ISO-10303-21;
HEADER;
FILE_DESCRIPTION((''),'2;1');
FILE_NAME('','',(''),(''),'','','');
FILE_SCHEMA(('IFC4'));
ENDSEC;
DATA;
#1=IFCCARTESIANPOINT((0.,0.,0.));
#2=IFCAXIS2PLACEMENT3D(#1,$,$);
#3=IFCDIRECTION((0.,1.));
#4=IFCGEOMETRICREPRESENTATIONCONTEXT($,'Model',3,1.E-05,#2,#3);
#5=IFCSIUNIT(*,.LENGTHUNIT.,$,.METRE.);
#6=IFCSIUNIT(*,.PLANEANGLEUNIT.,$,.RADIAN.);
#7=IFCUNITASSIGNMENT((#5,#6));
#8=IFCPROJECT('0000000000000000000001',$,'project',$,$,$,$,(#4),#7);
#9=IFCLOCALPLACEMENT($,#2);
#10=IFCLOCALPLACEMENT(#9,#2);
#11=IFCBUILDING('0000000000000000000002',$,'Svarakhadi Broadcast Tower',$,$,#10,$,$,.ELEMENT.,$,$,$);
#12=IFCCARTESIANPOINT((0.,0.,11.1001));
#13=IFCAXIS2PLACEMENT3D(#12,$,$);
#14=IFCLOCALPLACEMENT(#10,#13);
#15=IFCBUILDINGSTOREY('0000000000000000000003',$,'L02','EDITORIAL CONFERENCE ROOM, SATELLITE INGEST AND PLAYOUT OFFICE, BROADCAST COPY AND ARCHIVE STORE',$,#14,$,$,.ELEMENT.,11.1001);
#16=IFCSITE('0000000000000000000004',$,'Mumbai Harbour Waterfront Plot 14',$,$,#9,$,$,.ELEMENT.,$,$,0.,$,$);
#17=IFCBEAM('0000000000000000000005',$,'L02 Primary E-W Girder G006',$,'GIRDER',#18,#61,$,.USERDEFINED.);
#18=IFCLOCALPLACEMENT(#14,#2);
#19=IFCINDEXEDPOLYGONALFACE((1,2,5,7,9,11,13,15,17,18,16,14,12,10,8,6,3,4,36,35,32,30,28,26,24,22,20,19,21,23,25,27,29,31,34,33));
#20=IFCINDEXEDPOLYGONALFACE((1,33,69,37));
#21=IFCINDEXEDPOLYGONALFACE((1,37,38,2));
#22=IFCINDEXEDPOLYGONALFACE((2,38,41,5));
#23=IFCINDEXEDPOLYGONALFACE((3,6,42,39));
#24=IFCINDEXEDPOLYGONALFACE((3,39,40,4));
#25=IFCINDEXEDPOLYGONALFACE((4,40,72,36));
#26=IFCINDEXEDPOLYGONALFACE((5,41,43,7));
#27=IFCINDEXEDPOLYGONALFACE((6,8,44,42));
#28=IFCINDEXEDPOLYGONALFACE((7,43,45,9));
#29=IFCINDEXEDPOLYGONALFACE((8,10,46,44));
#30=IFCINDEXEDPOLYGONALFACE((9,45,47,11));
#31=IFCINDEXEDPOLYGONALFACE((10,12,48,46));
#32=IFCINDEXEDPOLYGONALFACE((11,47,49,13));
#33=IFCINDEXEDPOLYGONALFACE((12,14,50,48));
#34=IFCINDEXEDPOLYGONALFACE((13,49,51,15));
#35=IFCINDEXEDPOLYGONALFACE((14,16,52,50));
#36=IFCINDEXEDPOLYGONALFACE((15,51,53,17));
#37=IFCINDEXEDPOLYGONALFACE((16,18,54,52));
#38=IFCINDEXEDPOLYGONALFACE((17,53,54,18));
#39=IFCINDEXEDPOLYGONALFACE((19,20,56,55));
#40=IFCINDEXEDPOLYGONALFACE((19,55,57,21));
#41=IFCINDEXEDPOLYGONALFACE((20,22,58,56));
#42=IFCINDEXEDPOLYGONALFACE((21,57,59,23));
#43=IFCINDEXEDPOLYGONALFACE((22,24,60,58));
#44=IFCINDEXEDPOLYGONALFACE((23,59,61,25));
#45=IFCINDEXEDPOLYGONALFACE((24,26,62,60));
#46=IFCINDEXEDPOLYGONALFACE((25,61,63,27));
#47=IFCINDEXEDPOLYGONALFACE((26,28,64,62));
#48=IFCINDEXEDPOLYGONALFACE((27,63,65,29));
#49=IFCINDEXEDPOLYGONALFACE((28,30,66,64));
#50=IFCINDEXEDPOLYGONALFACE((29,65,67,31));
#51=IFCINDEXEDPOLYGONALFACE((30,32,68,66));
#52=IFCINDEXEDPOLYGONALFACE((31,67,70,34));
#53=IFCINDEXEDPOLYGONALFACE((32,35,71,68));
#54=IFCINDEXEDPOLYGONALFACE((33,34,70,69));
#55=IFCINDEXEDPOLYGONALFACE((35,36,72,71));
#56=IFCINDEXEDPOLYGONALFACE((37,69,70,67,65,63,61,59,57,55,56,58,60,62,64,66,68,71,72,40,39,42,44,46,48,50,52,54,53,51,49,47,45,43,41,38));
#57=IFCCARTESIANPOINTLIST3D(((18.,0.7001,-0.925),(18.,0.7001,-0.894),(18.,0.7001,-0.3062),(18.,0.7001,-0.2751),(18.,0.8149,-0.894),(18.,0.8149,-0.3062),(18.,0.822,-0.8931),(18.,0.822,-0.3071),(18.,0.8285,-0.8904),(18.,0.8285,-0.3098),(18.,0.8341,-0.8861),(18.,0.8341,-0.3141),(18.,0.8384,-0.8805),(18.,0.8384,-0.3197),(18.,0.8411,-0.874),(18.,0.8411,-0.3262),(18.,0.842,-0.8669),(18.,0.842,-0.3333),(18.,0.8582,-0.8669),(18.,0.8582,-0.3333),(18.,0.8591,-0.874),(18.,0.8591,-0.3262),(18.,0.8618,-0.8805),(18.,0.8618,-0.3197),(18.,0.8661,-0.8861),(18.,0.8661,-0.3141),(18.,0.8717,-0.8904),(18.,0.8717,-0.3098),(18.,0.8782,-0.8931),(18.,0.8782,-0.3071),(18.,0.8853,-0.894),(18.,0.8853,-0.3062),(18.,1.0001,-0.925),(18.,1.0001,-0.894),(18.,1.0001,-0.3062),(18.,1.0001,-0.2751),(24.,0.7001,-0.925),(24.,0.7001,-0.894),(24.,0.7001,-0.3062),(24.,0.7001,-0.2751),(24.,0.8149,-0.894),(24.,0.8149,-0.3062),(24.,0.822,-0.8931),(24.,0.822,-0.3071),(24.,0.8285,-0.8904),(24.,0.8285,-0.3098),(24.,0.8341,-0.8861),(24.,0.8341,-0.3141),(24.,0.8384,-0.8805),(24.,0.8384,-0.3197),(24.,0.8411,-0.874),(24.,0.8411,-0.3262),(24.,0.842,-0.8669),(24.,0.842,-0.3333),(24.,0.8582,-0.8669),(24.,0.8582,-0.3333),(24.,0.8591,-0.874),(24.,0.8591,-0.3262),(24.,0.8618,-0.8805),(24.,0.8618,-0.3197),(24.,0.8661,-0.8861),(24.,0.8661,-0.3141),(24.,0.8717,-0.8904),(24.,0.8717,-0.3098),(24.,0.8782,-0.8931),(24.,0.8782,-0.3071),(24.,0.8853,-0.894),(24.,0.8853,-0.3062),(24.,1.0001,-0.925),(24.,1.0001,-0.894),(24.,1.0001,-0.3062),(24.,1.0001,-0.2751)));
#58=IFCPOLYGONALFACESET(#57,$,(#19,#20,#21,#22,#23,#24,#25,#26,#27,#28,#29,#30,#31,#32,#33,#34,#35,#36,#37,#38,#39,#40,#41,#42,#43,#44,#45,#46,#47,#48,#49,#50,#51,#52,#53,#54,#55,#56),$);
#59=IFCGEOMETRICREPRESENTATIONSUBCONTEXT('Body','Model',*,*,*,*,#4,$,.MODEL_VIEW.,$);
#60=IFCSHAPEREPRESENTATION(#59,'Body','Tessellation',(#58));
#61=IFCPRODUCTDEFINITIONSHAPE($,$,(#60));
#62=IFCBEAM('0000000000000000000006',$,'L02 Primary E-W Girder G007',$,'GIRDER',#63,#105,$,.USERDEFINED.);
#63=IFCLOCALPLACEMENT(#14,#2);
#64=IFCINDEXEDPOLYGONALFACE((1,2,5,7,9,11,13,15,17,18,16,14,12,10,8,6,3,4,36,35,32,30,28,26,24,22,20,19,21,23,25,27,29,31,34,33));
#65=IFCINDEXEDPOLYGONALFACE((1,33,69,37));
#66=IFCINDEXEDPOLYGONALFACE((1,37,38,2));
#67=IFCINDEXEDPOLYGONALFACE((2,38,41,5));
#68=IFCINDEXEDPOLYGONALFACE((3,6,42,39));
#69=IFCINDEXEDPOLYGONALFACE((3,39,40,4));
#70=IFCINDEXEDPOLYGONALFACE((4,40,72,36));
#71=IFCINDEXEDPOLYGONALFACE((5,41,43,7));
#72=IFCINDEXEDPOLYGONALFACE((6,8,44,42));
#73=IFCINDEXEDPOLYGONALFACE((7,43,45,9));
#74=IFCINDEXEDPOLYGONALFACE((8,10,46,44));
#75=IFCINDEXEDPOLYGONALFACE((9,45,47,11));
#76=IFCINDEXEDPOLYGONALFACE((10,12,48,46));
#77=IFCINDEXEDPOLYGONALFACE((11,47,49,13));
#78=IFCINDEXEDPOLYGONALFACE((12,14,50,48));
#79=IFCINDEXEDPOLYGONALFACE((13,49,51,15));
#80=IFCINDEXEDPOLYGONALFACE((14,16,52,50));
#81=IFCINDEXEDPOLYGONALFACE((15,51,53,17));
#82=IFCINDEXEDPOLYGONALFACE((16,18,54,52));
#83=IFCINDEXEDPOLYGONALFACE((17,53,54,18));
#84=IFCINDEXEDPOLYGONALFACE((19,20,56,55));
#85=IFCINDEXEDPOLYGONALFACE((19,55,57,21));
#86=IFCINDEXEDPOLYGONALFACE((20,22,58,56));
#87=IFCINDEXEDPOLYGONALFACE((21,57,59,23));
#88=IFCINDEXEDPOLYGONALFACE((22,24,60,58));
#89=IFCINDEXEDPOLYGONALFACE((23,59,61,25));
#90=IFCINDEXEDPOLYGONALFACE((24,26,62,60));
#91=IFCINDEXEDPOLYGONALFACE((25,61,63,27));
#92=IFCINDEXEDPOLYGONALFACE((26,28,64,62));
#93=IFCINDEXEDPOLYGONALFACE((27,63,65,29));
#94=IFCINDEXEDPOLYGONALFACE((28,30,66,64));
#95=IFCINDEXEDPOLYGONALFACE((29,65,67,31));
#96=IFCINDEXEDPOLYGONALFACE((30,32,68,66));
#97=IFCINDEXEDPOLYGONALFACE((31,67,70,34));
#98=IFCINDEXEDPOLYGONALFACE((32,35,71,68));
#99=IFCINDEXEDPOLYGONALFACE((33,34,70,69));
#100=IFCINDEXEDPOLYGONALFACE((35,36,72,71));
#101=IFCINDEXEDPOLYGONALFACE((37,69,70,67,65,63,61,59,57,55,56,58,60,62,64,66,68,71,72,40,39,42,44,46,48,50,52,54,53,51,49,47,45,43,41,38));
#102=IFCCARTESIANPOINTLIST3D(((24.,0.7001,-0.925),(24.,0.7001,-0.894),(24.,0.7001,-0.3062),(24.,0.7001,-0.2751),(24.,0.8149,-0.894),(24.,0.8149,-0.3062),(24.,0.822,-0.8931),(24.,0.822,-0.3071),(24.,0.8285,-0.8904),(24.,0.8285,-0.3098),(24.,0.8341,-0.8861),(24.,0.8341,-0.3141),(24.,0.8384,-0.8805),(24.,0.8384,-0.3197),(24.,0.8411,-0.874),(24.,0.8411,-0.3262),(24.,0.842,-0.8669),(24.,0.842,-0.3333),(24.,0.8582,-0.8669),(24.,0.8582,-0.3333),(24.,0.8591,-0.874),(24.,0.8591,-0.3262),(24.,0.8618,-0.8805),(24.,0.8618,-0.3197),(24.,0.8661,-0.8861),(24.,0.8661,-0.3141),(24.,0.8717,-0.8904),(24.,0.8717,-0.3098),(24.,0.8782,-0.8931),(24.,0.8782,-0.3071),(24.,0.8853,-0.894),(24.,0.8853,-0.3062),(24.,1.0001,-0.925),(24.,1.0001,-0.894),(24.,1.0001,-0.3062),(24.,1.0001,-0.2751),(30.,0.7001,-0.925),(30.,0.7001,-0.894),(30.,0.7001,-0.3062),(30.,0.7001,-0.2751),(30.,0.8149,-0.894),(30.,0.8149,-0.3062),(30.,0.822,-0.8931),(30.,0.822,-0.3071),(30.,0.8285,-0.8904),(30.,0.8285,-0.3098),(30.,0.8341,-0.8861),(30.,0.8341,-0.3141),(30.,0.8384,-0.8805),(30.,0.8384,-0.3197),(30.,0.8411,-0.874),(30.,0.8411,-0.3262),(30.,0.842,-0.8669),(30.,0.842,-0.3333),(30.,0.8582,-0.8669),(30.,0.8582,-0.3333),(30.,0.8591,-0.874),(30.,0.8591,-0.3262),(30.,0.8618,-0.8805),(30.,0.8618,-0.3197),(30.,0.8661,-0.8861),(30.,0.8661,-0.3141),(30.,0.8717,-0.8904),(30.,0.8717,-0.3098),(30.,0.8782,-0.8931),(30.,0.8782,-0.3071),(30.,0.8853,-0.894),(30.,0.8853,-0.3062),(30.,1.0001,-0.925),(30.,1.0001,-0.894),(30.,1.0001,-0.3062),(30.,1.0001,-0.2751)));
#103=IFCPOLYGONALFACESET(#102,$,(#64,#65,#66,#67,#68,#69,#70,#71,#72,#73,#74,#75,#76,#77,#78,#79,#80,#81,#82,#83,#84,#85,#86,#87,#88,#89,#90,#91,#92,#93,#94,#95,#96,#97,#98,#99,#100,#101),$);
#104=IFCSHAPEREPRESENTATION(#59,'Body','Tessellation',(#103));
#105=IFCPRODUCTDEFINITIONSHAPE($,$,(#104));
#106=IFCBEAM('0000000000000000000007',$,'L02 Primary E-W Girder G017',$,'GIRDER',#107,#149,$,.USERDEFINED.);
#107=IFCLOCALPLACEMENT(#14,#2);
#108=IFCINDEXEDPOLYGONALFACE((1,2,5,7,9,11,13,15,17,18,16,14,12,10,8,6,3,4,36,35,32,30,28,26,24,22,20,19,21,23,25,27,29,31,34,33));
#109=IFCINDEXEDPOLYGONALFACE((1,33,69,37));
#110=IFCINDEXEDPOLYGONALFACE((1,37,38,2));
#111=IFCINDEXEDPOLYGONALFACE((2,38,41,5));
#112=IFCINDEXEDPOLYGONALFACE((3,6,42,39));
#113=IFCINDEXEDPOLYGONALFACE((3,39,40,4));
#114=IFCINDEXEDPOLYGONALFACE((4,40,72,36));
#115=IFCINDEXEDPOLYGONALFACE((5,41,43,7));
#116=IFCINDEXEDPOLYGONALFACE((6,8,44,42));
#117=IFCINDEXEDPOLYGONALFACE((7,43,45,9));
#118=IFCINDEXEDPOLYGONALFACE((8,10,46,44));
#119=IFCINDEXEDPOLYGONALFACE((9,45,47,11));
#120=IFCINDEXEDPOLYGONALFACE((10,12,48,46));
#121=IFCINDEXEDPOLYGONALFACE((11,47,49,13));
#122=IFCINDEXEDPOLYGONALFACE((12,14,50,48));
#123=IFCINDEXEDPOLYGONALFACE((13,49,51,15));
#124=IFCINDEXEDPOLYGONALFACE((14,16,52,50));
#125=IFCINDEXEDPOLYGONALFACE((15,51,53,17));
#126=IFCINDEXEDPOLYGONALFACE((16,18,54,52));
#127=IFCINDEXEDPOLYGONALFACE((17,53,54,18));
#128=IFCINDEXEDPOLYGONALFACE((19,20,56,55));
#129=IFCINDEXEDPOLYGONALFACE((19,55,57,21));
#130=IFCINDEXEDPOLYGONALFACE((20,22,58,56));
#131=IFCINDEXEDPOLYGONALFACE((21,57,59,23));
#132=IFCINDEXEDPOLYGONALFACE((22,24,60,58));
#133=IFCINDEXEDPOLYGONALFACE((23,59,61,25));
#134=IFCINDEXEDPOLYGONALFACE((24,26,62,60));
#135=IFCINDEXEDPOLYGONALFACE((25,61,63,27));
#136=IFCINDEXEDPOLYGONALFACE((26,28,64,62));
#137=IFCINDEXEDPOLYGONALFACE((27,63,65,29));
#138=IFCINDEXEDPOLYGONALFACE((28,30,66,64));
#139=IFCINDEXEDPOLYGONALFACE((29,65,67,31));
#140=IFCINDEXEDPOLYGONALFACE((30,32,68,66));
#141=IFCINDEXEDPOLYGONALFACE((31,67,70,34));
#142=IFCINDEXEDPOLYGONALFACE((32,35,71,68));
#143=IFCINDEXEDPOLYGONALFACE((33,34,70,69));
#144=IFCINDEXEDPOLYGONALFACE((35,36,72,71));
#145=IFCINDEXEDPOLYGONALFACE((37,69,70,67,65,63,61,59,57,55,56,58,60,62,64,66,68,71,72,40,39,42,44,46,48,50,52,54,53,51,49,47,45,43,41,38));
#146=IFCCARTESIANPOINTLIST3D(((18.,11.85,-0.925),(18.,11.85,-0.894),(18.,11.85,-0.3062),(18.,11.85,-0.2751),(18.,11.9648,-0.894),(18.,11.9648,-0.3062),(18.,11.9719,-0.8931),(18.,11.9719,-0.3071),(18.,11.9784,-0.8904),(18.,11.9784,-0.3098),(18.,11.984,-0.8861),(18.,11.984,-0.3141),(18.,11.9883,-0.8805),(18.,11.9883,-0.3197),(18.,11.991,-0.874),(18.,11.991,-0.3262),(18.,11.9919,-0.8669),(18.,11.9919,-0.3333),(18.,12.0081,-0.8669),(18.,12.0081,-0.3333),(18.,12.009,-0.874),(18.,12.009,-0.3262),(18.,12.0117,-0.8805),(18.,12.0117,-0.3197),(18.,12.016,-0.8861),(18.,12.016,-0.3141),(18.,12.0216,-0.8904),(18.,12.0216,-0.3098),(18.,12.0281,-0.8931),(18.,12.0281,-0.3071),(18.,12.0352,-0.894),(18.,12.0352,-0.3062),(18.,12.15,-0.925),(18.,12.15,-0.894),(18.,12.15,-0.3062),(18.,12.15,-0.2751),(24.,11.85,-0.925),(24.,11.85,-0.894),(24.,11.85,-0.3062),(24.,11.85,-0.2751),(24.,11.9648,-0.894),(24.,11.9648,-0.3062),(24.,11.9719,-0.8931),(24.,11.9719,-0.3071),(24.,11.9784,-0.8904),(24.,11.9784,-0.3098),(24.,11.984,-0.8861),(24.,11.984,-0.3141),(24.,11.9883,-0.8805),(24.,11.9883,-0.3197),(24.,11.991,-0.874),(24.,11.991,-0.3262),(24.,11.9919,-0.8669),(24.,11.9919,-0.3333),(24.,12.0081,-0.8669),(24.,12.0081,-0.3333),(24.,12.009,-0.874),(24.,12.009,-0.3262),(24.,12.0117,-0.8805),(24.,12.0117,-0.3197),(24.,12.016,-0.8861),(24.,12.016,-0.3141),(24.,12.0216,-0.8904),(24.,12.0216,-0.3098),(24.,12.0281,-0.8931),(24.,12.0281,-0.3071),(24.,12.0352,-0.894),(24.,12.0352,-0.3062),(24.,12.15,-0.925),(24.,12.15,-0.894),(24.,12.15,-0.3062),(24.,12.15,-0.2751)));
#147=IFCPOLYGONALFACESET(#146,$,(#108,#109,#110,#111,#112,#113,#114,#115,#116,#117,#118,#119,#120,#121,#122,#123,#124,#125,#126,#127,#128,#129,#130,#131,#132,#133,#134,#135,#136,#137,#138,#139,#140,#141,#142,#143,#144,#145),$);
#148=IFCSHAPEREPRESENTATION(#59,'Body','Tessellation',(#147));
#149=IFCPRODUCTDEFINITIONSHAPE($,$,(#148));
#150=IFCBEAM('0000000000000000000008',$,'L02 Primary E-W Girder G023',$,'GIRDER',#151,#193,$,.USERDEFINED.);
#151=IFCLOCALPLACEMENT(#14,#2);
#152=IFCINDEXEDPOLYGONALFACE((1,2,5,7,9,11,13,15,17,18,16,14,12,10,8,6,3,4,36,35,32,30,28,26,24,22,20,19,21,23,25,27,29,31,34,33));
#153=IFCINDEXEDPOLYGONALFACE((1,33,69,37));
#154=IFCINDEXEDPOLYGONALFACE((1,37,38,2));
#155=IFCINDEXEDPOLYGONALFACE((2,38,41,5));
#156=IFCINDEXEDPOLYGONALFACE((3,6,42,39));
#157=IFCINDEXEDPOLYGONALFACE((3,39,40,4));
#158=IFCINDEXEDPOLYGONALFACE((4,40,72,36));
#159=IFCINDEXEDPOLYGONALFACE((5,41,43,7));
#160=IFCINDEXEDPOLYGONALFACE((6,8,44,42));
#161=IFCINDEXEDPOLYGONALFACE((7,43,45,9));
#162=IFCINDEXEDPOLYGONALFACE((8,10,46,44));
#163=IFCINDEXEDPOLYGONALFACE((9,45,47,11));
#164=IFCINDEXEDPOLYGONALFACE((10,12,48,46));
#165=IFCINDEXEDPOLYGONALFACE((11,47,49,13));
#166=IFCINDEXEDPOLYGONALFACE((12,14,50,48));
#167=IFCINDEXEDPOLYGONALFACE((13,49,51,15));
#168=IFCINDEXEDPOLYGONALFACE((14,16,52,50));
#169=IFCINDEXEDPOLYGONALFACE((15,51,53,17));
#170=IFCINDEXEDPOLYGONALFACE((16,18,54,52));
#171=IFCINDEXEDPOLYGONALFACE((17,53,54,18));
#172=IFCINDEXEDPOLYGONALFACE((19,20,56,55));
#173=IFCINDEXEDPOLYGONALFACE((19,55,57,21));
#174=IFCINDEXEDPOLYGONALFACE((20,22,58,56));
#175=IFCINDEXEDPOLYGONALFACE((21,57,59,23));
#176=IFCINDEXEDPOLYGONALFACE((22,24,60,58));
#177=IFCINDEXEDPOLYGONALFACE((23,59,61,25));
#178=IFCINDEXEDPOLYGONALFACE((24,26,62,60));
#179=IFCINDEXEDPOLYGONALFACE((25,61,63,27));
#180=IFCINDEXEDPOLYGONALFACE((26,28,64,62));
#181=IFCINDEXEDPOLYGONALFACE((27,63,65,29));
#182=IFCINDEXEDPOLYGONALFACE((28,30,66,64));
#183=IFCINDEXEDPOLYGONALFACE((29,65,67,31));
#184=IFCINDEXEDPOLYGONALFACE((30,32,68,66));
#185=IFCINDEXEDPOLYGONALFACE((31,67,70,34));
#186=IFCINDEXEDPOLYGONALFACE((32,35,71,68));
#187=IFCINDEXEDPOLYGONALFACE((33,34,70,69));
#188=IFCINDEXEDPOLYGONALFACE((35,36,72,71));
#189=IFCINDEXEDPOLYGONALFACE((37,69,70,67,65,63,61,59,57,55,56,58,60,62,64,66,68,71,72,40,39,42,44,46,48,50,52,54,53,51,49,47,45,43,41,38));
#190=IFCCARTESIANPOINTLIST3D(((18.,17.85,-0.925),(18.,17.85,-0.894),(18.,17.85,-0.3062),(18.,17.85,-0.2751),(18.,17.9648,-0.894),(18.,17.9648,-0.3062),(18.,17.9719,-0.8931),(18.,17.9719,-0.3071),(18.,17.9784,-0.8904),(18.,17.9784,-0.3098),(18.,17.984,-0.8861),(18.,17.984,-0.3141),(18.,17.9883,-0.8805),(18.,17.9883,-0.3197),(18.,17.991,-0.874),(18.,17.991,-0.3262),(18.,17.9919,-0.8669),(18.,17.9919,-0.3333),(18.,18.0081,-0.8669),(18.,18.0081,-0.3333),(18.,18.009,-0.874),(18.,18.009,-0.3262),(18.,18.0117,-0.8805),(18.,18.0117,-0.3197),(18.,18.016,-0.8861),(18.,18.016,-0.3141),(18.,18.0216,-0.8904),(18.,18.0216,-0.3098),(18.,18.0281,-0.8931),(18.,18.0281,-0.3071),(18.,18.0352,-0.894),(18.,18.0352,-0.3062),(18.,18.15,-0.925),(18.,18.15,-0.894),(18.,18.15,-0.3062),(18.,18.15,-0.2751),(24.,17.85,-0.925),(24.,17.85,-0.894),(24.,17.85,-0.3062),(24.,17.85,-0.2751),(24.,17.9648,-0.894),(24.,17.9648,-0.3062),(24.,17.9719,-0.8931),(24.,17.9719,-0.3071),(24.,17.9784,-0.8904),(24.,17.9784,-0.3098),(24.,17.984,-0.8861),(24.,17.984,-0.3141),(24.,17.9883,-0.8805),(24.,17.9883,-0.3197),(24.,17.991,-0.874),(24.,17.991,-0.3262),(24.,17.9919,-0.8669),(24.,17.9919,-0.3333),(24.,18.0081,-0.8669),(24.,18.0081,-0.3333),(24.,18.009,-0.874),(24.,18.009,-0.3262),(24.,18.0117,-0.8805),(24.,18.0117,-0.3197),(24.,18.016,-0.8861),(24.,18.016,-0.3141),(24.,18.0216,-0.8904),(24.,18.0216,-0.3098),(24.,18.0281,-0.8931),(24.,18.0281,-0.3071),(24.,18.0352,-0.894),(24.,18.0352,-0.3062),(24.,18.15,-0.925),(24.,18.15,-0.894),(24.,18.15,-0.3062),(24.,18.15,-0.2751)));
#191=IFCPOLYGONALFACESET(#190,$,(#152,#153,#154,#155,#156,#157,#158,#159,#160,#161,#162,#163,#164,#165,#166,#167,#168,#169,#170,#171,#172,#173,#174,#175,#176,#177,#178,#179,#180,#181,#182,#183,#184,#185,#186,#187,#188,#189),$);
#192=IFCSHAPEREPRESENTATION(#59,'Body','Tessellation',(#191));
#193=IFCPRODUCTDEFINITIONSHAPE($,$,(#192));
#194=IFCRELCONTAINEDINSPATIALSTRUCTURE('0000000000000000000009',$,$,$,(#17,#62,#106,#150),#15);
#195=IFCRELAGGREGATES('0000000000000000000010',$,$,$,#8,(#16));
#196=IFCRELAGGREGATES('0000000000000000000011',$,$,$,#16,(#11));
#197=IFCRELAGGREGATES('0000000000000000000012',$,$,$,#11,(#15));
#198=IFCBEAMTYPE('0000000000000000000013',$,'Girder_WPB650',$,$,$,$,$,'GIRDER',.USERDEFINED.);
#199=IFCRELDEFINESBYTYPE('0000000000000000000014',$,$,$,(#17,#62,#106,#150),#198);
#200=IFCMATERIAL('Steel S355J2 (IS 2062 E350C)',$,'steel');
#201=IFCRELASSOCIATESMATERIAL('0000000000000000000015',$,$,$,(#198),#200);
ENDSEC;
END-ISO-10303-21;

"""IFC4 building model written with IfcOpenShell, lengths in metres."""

from ifc_helpers import new_model, si_unit, direction, frame, origin, origin_2d, place, context, subcontext, project, spatial, i_section, extrude, material, material_profile, profile_set, type_object, element, save


model = new_model("IFC4")

# Units and contexts
model_context = context("Model", 3, precision=1e-05, world=origin(), true_north=direction((0.0, 1.0)))
body_context = subcontext(model_context, "Body", "Model", "MODEL_VIEW")
ifc_project = project(units=[si_unit("LENGTHUNIT", "METRE"), si_unit("PLANEANGLEUNIT", "RADIAN")], contexts=[model_context])

# Site, building, storey
site_placement = place(None, origin())
site = spatial("IfcSite", under=ifc_project, at=site_placement, Name="Mumbai Harbour Waterfront Plot 14", CompositionType="ELEMENT", RefElevation=0.0)
building_placement = place(site_placement, origin())
building = spatial("IfcBuilding", under=site, at=building_placement, Name="Svarakhadi Broadcast Tower", CompositionType="ELEMENT")
storey_placement = place(building_placement, frame((0.0, 0.0, 11.1001)))
storey = spatial("IfcBuildingStorey", under=building, at=storey_placement, Name="L02", Description="EDITORIAL CONFERENCE ROOM, SATELLITE INGEST AND PLAYOUT OFFICE, BROADCAST COPY AND ARCHIVE STORE", CompositionType="ELEMENT", Elevation=11.1001)

# Shared definitions
ifc_material_1 = material(Name="Steel S355J2 (IS 2062 E350C)", Category="steel")

# Beams
ifc_material_profile_1 = material_profile(ifc_material_1, i_section(OverallWidth=0.3, OverallDepth=0.6499, WebThickness=0.0161, FlangeThickness=0.031, FilletRadius=0.0271, at=origin_2d()), Name="WPB 650x300x225")
ifc_profile_set_1 = profile_set([ifc_material_profile_1], Name="Steel S355J2 (IS 2062 E350C)")
beam_type_1 = type_object("IfcBeamType", Name="Girder_WPB650", ElementType="GIRDER", PredefinedType="USERDEFINED", material=ifc_profile_set_1)
for number, where, z_axis, x_axis, name in (
    (1, (18.0, 0.8501, -0.6001), (1.0, 0.0, 0.0), (0.0, 1.0, 0.0), "L02 Primary E-W Girder G006"),
    (2, (24.0, 0.8501, -0.6001), (1.0, 0.0, 0.0), (0.0, 1.0, 0.0), "L02 Primary E-W Girder G007"),
    (3, (18.0, 12.0, -0.6001), (1.0, 0.0, 0.0), (0.0, 1.0, 0.0), "L02 Primary E-W Girder G017"),
    (4, (18.0, 18.0, -0.6001), (1.0, 0.0, 0.0), (0.0, 1.0, 0.0), "L02 Primary E-W Girder G023"),
):
    element("IfcBeam", number, at=place(storey_placement, frame(where, z_axis=z_axis, x_axis=x_axis)), inside=storey, type_object=beam_type_1, Name=name, ObjectType="GIRDER", PredefinedType="USERDEFINED", context=body_context, shape_type="SweptSolid", body=[
        extrude(i_section(OverallWidth=0.3, OverallDepth=0.6499, WebThickness=0.0161, FlangeThickness=0.031, FilletRadius=0.0271, at=origin_2d()), origin(), (0.0, 0.0, 1.0), 6.0),
    ])

save(model, "model.ifc")
